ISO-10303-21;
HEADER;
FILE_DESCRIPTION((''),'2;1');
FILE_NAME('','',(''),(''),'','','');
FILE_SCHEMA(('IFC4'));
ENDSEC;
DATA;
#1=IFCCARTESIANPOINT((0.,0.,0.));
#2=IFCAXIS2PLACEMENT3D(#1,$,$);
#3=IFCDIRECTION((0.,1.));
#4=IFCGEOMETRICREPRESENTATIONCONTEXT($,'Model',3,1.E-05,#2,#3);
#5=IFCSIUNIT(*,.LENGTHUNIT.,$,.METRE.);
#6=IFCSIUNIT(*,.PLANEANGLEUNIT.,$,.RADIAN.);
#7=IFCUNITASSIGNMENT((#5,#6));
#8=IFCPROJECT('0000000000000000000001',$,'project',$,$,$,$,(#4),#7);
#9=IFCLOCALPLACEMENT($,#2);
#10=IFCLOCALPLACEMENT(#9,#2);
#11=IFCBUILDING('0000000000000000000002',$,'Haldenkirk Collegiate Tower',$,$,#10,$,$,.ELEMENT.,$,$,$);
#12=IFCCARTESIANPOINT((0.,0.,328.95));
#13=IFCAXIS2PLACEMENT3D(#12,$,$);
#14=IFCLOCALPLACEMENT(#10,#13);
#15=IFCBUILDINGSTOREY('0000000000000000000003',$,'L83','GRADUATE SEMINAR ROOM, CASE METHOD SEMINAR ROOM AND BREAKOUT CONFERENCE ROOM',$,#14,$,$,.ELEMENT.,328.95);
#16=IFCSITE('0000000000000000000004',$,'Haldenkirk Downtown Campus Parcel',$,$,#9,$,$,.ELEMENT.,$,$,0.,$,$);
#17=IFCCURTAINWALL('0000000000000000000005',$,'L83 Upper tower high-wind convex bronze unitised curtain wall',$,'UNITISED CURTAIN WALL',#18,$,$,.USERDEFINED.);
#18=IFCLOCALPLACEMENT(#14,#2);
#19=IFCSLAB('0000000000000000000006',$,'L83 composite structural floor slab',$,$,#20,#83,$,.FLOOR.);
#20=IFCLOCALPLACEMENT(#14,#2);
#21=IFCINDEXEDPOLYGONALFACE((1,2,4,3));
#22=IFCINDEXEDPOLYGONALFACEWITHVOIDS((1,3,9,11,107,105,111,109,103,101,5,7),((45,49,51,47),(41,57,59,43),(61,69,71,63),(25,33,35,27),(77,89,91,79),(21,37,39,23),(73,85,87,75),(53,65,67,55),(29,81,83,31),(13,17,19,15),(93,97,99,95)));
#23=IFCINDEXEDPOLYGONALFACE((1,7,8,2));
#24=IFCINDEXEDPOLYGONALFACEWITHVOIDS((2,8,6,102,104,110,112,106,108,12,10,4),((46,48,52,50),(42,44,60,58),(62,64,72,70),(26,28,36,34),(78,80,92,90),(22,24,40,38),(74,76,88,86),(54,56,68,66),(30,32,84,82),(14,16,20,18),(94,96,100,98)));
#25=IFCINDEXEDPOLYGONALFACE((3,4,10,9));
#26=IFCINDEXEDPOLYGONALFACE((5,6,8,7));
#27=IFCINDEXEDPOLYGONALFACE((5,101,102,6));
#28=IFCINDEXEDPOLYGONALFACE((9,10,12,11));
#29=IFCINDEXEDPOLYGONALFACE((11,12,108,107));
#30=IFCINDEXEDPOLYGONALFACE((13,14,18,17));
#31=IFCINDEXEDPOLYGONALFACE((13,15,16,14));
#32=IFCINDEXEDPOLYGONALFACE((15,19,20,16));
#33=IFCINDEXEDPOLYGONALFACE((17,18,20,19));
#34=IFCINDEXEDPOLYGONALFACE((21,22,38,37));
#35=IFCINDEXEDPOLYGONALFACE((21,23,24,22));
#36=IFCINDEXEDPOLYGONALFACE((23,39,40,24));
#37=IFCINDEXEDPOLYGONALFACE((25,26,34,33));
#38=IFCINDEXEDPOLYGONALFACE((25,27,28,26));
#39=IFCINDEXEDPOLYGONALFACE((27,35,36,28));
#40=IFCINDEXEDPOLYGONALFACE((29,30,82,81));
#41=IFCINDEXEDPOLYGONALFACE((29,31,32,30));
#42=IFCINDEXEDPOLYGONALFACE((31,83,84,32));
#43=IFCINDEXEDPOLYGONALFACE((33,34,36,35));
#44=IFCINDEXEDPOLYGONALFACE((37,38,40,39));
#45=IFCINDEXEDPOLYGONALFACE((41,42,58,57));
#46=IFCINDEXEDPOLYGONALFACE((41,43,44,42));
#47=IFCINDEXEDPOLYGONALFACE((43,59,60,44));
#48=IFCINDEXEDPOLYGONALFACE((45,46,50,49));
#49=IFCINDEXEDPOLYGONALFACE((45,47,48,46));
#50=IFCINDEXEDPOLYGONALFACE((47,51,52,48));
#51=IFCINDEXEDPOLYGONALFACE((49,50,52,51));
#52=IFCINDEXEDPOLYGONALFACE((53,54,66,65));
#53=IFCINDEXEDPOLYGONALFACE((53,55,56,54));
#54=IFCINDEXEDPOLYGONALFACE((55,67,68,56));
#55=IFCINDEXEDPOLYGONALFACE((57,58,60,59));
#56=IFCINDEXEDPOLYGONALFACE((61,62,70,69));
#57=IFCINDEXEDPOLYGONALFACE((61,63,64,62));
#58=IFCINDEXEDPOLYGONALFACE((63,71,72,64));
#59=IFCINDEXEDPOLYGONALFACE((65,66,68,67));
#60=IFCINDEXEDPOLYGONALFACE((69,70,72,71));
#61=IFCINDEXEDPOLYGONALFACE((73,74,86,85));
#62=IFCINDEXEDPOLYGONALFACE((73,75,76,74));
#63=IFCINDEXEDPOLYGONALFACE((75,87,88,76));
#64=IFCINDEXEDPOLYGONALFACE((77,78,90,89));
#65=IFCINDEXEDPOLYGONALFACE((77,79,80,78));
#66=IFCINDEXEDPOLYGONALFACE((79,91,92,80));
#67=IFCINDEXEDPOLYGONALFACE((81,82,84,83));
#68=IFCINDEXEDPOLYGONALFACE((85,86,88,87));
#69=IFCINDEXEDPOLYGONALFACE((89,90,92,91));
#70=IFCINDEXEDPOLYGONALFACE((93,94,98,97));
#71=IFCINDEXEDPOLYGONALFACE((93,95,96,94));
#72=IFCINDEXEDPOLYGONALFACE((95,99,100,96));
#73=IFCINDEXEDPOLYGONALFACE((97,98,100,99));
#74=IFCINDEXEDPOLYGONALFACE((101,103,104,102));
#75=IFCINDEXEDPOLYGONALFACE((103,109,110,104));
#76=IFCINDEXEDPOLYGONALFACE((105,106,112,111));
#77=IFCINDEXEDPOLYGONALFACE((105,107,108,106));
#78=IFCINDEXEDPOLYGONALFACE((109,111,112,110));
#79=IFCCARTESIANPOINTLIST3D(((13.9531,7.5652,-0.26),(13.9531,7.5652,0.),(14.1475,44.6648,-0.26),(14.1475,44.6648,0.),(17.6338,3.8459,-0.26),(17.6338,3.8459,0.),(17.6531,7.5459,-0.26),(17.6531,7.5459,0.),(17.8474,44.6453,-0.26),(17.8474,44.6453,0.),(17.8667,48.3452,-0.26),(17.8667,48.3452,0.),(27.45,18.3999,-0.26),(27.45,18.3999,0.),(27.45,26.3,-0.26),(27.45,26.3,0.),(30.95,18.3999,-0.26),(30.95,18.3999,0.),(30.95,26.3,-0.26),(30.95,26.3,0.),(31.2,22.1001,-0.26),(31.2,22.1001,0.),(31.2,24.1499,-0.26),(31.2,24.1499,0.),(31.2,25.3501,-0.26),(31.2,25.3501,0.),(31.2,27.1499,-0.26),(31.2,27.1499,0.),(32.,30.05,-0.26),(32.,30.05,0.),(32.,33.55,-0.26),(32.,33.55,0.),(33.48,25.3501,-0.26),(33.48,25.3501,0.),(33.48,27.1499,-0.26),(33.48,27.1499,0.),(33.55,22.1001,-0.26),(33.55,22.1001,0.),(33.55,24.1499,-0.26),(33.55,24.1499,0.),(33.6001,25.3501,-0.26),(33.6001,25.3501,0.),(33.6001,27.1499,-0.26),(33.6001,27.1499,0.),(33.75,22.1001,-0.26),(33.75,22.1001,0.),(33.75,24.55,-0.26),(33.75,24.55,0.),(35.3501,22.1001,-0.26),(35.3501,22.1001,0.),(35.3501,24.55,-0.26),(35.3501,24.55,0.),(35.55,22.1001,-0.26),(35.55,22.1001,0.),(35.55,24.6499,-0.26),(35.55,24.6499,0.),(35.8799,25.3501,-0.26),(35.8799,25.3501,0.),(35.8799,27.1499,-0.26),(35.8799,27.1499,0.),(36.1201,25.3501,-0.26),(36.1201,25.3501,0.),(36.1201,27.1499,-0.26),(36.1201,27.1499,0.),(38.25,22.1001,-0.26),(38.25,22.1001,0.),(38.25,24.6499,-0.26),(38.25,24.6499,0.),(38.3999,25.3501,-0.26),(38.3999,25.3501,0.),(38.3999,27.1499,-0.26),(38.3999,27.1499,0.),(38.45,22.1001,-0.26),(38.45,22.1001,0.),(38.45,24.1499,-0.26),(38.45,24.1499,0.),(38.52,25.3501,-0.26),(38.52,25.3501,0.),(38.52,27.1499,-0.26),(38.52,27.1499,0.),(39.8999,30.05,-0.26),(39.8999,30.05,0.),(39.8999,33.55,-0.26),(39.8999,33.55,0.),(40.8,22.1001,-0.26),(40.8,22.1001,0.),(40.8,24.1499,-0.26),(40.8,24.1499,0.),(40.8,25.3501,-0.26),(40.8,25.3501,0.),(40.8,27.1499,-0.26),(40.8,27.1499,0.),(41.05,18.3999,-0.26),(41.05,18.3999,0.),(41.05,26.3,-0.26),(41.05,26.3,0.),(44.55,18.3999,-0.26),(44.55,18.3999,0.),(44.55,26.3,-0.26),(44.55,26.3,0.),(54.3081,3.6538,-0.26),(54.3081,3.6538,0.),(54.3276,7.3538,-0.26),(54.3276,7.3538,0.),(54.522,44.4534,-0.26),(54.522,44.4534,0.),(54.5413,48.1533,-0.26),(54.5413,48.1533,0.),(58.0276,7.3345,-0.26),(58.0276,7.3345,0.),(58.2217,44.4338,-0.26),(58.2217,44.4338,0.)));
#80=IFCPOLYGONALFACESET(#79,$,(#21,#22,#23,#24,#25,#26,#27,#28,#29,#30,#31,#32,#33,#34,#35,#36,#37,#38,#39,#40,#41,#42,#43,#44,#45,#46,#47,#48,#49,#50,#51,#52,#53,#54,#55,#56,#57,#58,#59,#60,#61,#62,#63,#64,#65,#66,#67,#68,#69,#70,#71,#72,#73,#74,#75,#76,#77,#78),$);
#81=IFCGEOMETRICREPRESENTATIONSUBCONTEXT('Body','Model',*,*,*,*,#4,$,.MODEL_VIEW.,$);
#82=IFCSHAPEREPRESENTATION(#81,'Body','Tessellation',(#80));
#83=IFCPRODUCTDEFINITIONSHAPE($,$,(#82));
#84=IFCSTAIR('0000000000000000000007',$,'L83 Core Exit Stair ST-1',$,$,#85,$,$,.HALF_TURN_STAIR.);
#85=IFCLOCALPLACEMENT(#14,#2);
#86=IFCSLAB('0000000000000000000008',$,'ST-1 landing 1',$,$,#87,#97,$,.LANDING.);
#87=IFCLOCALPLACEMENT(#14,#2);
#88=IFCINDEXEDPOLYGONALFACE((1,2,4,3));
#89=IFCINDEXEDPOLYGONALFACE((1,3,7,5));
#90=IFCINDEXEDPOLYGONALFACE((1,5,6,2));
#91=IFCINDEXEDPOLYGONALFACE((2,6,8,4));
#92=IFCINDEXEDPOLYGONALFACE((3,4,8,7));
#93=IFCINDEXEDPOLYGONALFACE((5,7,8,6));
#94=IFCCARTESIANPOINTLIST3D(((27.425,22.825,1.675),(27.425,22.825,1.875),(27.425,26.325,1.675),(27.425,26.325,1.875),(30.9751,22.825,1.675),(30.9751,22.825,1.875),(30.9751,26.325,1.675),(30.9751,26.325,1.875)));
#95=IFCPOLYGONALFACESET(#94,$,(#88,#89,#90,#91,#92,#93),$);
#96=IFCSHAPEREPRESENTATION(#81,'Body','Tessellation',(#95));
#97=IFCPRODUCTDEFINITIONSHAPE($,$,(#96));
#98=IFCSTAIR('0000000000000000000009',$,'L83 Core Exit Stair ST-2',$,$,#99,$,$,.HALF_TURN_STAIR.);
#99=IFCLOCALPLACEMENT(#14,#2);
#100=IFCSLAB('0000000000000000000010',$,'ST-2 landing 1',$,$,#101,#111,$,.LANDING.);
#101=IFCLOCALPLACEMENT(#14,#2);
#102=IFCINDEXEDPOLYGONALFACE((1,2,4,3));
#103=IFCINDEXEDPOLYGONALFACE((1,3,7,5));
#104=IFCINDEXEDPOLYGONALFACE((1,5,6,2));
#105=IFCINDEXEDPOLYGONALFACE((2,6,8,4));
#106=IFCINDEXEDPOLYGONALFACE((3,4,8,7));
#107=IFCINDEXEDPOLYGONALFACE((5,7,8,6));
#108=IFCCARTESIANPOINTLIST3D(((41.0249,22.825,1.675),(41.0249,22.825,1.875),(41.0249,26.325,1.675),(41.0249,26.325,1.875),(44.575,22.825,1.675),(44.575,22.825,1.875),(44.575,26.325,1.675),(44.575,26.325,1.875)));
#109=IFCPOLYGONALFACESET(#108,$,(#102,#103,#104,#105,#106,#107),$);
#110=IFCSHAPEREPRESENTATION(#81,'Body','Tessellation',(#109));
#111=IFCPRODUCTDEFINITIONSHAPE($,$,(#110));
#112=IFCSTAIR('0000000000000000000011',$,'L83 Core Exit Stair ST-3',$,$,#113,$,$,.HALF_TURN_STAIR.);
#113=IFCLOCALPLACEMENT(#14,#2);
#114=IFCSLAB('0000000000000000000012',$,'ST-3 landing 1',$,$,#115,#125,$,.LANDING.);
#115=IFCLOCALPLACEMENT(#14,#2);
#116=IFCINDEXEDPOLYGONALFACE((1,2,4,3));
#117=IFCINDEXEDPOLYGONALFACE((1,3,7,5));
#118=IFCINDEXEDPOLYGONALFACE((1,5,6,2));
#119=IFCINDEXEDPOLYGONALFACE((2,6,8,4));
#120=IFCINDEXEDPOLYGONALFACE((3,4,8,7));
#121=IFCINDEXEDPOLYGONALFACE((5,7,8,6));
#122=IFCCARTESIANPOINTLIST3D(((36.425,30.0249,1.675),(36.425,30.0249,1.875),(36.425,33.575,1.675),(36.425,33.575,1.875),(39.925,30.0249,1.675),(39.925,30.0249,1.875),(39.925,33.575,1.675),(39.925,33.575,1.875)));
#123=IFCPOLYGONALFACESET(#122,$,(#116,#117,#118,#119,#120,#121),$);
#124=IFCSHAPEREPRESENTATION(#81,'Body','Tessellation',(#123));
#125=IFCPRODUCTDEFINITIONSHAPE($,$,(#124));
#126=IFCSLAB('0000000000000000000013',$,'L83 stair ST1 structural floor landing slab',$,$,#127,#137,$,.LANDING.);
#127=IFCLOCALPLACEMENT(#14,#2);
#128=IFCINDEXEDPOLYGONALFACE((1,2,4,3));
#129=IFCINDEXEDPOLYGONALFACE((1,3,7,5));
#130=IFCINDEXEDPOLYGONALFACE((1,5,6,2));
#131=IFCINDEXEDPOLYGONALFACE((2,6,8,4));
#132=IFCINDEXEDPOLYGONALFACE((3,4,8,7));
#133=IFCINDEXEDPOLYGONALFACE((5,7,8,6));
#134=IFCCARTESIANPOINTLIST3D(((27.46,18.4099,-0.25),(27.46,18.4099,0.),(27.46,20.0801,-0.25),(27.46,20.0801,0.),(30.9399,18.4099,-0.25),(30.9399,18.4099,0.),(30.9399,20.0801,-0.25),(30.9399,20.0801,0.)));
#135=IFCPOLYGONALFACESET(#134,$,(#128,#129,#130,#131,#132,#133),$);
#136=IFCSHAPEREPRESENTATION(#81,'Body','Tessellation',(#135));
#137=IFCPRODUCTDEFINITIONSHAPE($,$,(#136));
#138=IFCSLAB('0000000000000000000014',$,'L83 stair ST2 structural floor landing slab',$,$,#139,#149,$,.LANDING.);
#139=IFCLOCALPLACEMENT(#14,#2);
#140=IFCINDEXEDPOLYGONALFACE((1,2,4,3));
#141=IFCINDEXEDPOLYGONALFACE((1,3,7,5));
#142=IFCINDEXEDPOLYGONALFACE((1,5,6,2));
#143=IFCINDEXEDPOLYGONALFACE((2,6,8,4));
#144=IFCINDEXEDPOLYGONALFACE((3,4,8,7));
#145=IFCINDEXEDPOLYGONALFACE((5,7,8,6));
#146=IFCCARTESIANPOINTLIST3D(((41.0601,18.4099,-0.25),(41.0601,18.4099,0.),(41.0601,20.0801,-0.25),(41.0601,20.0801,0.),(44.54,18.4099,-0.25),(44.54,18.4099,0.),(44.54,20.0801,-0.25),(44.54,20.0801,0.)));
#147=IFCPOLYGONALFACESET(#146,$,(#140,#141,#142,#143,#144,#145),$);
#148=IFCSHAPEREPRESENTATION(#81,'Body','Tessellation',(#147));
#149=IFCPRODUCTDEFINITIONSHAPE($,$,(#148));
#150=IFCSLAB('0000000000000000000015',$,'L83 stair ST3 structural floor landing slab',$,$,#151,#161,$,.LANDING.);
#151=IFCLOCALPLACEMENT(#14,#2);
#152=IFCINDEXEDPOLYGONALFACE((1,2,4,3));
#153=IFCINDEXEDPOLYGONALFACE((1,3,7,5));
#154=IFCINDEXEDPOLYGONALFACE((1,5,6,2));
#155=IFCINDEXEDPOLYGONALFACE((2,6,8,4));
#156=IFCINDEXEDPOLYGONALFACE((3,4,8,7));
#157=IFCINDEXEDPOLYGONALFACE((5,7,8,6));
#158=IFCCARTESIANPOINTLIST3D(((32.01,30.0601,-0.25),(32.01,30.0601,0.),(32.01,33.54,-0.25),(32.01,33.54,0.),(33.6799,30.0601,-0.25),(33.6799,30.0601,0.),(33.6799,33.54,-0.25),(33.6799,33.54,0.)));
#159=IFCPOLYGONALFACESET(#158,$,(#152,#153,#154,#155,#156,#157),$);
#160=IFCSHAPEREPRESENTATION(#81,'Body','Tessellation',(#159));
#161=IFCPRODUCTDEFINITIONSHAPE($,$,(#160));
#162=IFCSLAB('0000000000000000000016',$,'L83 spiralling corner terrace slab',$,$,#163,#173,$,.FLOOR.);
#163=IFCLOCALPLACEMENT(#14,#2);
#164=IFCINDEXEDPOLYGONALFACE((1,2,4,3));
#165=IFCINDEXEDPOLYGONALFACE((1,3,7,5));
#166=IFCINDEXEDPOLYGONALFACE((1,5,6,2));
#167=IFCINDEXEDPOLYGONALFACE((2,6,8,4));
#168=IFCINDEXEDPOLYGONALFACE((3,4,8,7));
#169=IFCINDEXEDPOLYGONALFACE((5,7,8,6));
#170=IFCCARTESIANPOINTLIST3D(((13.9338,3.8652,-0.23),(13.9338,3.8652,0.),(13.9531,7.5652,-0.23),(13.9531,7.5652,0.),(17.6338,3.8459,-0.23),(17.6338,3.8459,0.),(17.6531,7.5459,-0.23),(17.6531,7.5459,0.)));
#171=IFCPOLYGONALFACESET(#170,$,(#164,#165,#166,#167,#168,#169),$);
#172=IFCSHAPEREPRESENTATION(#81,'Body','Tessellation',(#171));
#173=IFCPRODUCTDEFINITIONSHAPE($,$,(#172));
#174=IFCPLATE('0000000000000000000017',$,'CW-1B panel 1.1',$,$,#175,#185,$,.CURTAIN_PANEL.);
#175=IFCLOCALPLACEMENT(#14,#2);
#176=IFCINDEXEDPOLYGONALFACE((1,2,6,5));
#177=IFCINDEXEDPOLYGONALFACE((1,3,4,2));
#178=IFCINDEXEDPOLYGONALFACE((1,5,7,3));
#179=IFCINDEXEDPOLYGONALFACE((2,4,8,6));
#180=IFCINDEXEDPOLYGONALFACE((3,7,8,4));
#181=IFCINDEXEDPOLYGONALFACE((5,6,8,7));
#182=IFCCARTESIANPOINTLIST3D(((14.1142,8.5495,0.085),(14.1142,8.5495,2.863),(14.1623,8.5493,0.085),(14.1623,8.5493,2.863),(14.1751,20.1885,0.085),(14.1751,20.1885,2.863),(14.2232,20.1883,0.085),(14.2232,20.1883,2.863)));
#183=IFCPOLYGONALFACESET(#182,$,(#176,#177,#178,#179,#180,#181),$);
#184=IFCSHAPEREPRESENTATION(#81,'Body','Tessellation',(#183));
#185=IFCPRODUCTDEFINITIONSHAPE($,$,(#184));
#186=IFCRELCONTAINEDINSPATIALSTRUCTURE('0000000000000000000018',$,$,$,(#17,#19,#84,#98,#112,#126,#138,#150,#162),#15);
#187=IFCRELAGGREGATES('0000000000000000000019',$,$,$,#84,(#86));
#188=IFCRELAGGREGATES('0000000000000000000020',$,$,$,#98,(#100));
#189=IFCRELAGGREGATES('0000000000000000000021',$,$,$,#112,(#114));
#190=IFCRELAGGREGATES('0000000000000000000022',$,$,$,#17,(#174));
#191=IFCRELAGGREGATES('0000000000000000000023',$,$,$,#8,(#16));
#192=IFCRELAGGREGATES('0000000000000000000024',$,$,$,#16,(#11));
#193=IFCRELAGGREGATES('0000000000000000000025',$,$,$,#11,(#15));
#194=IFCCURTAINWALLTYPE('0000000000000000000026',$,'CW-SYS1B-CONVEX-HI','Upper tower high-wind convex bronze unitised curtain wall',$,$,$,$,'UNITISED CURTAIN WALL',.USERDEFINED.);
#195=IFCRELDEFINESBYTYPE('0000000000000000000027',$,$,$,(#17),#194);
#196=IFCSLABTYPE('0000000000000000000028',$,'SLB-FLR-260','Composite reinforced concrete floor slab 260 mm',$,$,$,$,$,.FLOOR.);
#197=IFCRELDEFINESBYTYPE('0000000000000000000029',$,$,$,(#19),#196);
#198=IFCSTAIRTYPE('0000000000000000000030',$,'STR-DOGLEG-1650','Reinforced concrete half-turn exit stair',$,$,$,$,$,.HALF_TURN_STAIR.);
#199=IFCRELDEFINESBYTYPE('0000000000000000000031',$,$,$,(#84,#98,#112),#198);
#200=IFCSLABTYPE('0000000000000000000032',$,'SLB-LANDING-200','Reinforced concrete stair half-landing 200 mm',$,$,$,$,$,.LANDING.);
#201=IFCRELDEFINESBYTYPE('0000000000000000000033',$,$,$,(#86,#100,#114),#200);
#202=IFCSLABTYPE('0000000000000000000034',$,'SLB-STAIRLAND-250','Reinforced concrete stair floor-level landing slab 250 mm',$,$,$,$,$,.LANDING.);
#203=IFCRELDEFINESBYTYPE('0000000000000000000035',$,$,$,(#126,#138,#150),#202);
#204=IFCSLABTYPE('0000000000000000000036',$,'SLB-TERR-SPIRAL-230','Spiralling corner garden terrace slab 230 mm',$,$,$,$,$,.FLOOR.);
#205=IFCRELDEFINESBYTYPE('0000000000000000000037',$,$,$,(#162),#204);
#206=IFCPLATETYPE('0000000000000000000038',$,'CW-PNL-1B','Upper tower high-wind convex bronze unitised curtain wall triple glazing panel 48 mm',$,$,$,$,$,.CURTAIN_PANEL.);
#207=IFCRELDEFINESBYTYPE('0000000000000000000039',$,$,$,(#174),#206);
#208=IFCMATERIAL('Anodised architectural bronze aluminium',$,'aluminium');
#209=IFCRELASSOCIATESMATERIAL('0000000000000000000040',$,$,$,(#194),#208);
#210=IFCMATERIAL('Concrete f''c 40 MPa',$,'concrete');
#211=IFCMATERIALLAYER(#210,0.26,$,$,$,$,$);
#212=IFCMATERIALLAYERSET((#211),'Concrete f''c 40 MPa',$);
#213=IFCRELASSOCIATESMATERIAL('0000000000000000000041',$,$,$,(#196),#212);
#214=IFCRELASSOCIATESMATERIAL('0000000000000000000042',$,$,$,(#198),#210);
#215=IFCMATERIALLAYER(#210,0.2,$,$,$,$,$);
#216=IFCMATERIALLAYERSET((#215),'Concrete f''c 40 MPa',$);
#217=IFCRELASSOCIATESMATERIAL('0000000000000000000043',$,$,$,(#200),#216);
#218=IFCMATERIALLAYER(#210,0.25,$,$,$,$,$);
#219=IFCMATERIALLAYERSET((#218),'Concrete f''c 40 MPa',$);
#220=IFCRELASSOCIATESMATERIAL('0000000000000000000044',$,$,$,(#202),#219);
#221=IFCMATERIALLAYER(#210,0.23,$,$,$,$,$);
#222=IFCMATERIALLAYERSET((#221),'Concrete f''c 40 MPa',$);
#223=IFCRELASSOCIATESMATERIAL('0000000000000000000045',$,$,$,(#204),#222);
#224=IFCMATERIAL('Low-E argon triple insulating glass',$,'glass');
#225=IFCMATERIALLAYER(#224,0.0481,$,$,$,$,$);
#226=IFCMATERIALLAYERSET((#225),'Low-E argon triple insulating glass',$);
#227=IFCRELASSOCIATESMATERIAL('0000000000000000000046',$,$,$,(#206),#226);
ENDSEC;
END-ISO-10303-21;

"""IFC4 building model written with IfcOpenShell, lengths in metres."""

from ifc_helpers import new_model, si_unit, direction, frame, origin, origin_2d, place, context, subcontext, project, spatial, polyline, rectangle, outline, extrude, source, transform, mapped, material, layer, layer_set, type_object, element, aggregate, save


model = new_model("IFC4")

# Units and contexts
model_context = context("Model", 3, precision=1e-05, world=origin(), true_north=direction((0.0, 1.0)))
body_context = subcontext(model_context, "Body", "Model", "MODEL_VIEW")
ifc_project = project(units=[si_unit("LENGTHUNIT", "METRE"), si_unit("PLANEANGLEUNIT", "RADIAN")], contexts=[model_context])

# Site, building, storey
site_placement = place(None, origin())
site = spatial("IfcSite", under=ifc_project, at=site_placement, Name="Haldenkirk Downtown Campus Parcel", CompositionType="ELEMENT", RefElevation=0.0)
building_placement = place(site_placement, origin())
building = spatial("IfcBuilding", under=site, at=building_placement, Name="Haldenkirk Collegiate Tower", CompositionType="ELEMENT")
storey_placement = place(building_placement, frame((0.0, 0.0, 328.95)))
storey = spatial("IfcBuildingStorey", under=building, at=storey_placement, Name="L83", Description="GRADUATE SEMINAR ROOM, CASE METHOD SEMINAR ROOM AND BREAKOUT CONFERENCE ROOM", CompositionType="ELEMENT", Elevation=328.95)

# Curtain wall
ifc_material_1 = material(Name="Anodised architectural bronze aluminium", Category="aluminium")
curtain_wall_type = type_object("IfcCurtainWallType", Name="CW-SYS1B-CONVEX-HI", Description="Upper tower high-wind convex bronze unitised curtain wall", ElementType="UNITISED CURTAIN WALL", PredefinedType="USERDEFINED", material=ifc_material_1)
curtain_wall_placement = place(storey_placement, origin())
curtain_wall = element("IfcCurtainWall", 1, at=curtain_wall_placement, inside=storey, type_object=curtain_wall_type, Name="L83 Upper tower high-wind convex bronze unitised curtain wall", ObjectType="UNITISED CURTAIN WALL", PredefinedType="USERDEFINED")

# Slab
ifc_material_2 = material(Name="Concrete f'c 40 MPa", Category="concrete")
ifc_layer_1 = layer(ifc_material_2, 0.26)
ifc_layer_set_1 = layer_set([ifc_layer_1], Name="Concrete f'c 40 MPa")
slab_type_1 = type_object("IfcSlabType", Name="SLB-FLR-260", Description="Composite reinforced concrete floor slab 260 mm", PredefinedType="FLOOR", material=ifc_layer_set_1)
slab_1_placement = place(storey_placement, frame((0.0, 0.0, -0.26)))
element("IfcSlab", 2, at=slab_1_placement, inside=storey, type_object=slab_type_1, Name="L83 composite structural floor slab", PredefinedType="FLOOR", context=body_context, shape_type="SweptSolid", body=[
    extrude(outline(polyline([(58.0276, 7.3345), (58.2217, 44.4338), (54.522, 44.4534), (54.5413, 48.1533), (17.8667, 48.3452), (17.8474, 44.6453), (14.1475, 44.6648), (13.9531, 7.5652), (17.6531, 7.5459), (17.6338, 3.8459), (54.3081, 3.6538), (54.3276, 7.3538), (58.0276, 7.3345)]), holes=[polyline([(27.45, 18.3999), (30.95, 18.3999), (30.95, 26.3), (27.45, 26.3), (27.45, 18.3999)]), polyline([(41.05, 18.3999), (44.55, 18.3999), (44.55, 26.3), (41.05, 26.3), (41.05, 18.3999)]), polyline([(32.0, 30.05), (39.8999, 30.05), (39.8999, 33.55), (32.0, 33.55), (32.0, 30.05)]), polyline([(33.75, 22.1001), (35.3501, 22.1001), (35.3501, 24.55), (33.75, 24.55), (33.75, 22.1001)]), polyline([(31.2, 25.3501), (33.48, 25.3501), (33.48, 27.1499), (31.2, 27.1499), (31.2, 25.3501)]), polyline([(33.6001, 25.3501), (35.8799, 25.3501), (35.8799, 27.1499), (33.6001, 27.1499), (33.6001, 25.3501)]), polyline([(36.1201, 25.3501), (38.3999, 25.3501), (38.3999, 27.1499), (36.1201, 27.1499), (36.1201, 25.3501)]), polyline([(38.52, 25.3501), (40.8, 25.3501), (40.8, 27.1499), (38.52, 27.1499), (38.52, 25.3501)]), polyline([(31.2, 22.1001), (33.55, 22.1001), (33.55, 24.1499), (31.2, 24.1499), (31.2, 22.1001)]), polyline([(38.45, 22.1001), (40.8, 22.1001), (40.8, 24.1499), (38.45, 24.1499), (38.45, 22.1001)]), polyline([(35.55, 22.1001), (38.25, 22.1001), (38.25, 24.6499), (35.55, 24.6499), (35.55, 22.1001)])]), origin(), (0.0, 0.0, 1.0), 0.26),
])

# Stairs, slabs
stair_type = type_object("IfcStairType", Name="STR-DOGLEG-1650", Description="Reinforced concrete half-turn exit stair", PredefinedType="HALF_TURN_STAIR", material=ifc_material_2)
stair_1_placement = place(storey_placement, origin())
stair_1 = element("IfcStair", 3, at=stair_1_placement, inside=storey, type_object=stair_type, Name="L83 Core Exit Stair ST-1", PredefinedType="HALF_TURN_STAIR")
ifc_layer_2 = layer(ifc_material_2, 0.2)
ifc_layer_set_2 = layer_set([ifc_layer_2], Name="Concrete f'c 40 MPa")
slab_type_2 = type_object("IfcSlabType", Name="SLB-LANDING-200", Description="Reinforced concrete stair half-landing 200 mm", PredefinedType="LANDING", material=ifc_layer_set_2)
slab_2_placement = place(storey_placement, frame((0.0, 0.0, 1.675)))
slab_2 = element("IfcSlab", 4, at=slab_2_placement, type_object=slab_type_2, Name="ST-1 landing 1", PredefinedType="LANDING", context=body_context, shape_type="SweptSolid", body=[
    extrude(outline(polyline([(30.9751, 22.825), (27.425, 22.825), (27.425, 26.325), (30.9751, 26.325), (30.9751, 22.825)])), origin(), (0.0, 0.0, 1.0), 0.2),
])
aggregate(stair_1, [slab_2])
stair_2_placement = place(storey_placement, origin())
stair_2 = element("IfcStair", 5, at=stair_2_placement, inside=storey, type_object=stair_type, Name="L83 Core Exit Stair ST-2", PredefinedType="HALF_TURN_STAIR")
slab_3_placement = place(storey_placement, frame((0.0, 0.0, 1.675)))
slab_3 = element("IfcSlab", 6, at=slab_3_placement, type_object=slab_type_2, Name="ST-2 landing 1", PredefinedType="LANDING", context=body_context, shape_type="SweptSolid", body=[
    extrude(outline(polyline([(44.575, 22.825), (41.0249, 22.825), (41.0249, 26.325), (44.575, 26.325), (44.575, 22.825)])), origin(), (0.0, 0.0, 1.0), 0.2),
])
aggregate(stair_2, [slab_3])
stair_3_placement = place(storey_placement, origin())
stair_3 = element("IfcStair", 7, at=stair_3_placement, inside=storey, type_object=stair_type, Name="L83 Core Exit Stair ST-3", PredefinedType="HALF_TURN_STAIR")
slab_4_placement = place(storey_placement, frame((0.0, 0.0, 1.675)))
slab_4 = element("IfcSlab", 8, at=slab_4_placement, type_object=slab_type_2, Name="ST-3 landing 1", PredefinedType="LANDING", context=body_context, shape_type="SweptSolid", body=[
    extrude(outline(polyline([(36.425, 30.0249), (36.425, 33.575), (39.925, 33.575), (39.925, 30.0249), (36.425, 30.0249)])), origin(), (0.0, 0.0, 1.0), 0.2),
])
aggregate(stair_3, [slab_4])

# Slabs
ifc_layer_3 = layer(ifc_material_2, 0.25)
ifc_layer_set_3 = layer_set([ifc_layer_3], Name="Concrete f'c 40 MPa")
slab_type_3 = type_object("IfcSlabType", Name="SLB-STAIRLAND-250", Description="Reinforced concrete stair floor-level landing slab 250 mm", PredefinedType="LANDING", material=ifc_layer_set_3)
slab_5_placement = place(storey_placement, frame((0.0, 0.0, -0.25)))
element("IfcSlab", 9, at=slab_5_placement, inside=storey, type_object=slab_type_3, Name="L83 stair ST1 structural floor landing slab", PredefinedType="LANDING", context=body_context, shape_type="SweptSolid", body=[
    extrude(outline(polyline([(27.46, 18.4099), (30.9399, 18.4099), (30.9399, 20.0801), (27.46, 20.0801), (27.46, 18.4099)])), origin(), (0.0, 0.0, 1.0), 0.25),
])
slab_6_placement = place(storey_placement, frame((0.0, 0.0, -0.25)))
element("IfcSlab", 10, at=slab_6_placement, inside=storey, type_object=slab_type_3, Name="L83 stair ST2 structural floor landing slab", PredefinedType="LANDING", context=body_context, shape_type="SweptSolid", body=[
    extrude(outline(polyline([(41.0601, 18.4099), (44.54, 18.4099), (44.54, 20.0801), (41.0601, 20.0801), (41.0601, 18.4099)])), origin(), (0.0, 0.0, 1.0), 0.25),
])
slab_7_placement = place(storey_placement, frame((0.0, 0.0, -0.25)))
element("IfcSlab", 11, at=slab_7_placement, inside=storey, type_object=slab_type_3, Name="L83 stair ST3 structural floor landing slab", PredefinedType="LANDING", context=body_context, shape_type="SweptSolid", body=[
    extrude(outline(polyline([(32.01, 30.0601), (33.6799, 30.0601), (33.6799, 33.54), (32.01, 33.54), (32.01, 30.0601)])), origin(), (0.0, 0.0, 1.0), 0.25),
])
ifc_layer_4 = layer(ifc_material_2, 0.23)
ifc_layer_set_4 = layer_set([ifc_layer_4], Name="Concrete f'c 40 MPa")
slab_type_4 = type_object("IfcSlabType", Name="SLB-TERR-SPIRAL-230", Description="Spiralling corner garden terrace slab 230 mm", PredefinedType="FLOOR", material=ifc_layer_set_4)
slab_8_placement = place(storey_placement, frame((0.0, 0.0, -0.23)))
element("IfcSlab", 12, at=slab_8_placement, inside=storey, type_object=slab_type_4, Name="L83 spiralling corner terrace slab", PredefinedType="FLOOR", context=body_context, shape_type="SweptSolid", body=[
    extrude(outline(polyline([(17.6338, 3.8459), (17.6531, 7.5459), (13.9531, 7.5652), (13.9338, 3.8652), (17.6338, 3.8459)])), origin(), (0.0, 0.0, 1.0), 0.23),
])

# Plate
ifc_material_3 = material(Name="Low-E argon triple insulating glass", Category="glass")
ifc_layer_5 = layer(ifc_material_3, 0.0481)
ifc_layer_set_5 = layer_set([ifc_layer_5], Name="Low-E argon triple insulating glass")
plate_type = type_object("IfcPlateType", Name="CW-PNL-1B", Description="Upper tower high-wind convex bronze unitised curtain wall triple glazing panel 48 mm", PredefinedType="CURTAIN_PANEL", material=ifc_layer_set_5)
shared_shape_1 = source(origin(), body_context, "Body", "SweptSolid", [
    extrude(rectangle(XDim=11.6392, YDim=0.0481, at=origin_2d()), origin(), (0.0, 0.0, 1.0), 2.7781),
])
plate_placement = place(storey_placement, frame((14.1687, 14.3689, 0.085), z_axis=(0.0, 0.0, 1.0), x_axis=(0.005235, 0.999986, 0.0)))
plate = element("IfcPlate", 13, at=plate_placement, type_object=plate_type, Name="CW-1B panel 1.1", PredefinedType="CURTAIN_PANEL", context=body_context, shape_type="MappedRepresentation", body=[
    mapped(shared_shape_1, transform((0.0, 0.0, 0.0), x_axis=(1.0, 0.0, 0.0), y_axis=(0.0, 1.0, 0.0), z_axis=(0.0, 0.0, 1.0), scale=1.0)),
])
aggregate(curtain_wall, [plate])

save(model, "model.ifc")
